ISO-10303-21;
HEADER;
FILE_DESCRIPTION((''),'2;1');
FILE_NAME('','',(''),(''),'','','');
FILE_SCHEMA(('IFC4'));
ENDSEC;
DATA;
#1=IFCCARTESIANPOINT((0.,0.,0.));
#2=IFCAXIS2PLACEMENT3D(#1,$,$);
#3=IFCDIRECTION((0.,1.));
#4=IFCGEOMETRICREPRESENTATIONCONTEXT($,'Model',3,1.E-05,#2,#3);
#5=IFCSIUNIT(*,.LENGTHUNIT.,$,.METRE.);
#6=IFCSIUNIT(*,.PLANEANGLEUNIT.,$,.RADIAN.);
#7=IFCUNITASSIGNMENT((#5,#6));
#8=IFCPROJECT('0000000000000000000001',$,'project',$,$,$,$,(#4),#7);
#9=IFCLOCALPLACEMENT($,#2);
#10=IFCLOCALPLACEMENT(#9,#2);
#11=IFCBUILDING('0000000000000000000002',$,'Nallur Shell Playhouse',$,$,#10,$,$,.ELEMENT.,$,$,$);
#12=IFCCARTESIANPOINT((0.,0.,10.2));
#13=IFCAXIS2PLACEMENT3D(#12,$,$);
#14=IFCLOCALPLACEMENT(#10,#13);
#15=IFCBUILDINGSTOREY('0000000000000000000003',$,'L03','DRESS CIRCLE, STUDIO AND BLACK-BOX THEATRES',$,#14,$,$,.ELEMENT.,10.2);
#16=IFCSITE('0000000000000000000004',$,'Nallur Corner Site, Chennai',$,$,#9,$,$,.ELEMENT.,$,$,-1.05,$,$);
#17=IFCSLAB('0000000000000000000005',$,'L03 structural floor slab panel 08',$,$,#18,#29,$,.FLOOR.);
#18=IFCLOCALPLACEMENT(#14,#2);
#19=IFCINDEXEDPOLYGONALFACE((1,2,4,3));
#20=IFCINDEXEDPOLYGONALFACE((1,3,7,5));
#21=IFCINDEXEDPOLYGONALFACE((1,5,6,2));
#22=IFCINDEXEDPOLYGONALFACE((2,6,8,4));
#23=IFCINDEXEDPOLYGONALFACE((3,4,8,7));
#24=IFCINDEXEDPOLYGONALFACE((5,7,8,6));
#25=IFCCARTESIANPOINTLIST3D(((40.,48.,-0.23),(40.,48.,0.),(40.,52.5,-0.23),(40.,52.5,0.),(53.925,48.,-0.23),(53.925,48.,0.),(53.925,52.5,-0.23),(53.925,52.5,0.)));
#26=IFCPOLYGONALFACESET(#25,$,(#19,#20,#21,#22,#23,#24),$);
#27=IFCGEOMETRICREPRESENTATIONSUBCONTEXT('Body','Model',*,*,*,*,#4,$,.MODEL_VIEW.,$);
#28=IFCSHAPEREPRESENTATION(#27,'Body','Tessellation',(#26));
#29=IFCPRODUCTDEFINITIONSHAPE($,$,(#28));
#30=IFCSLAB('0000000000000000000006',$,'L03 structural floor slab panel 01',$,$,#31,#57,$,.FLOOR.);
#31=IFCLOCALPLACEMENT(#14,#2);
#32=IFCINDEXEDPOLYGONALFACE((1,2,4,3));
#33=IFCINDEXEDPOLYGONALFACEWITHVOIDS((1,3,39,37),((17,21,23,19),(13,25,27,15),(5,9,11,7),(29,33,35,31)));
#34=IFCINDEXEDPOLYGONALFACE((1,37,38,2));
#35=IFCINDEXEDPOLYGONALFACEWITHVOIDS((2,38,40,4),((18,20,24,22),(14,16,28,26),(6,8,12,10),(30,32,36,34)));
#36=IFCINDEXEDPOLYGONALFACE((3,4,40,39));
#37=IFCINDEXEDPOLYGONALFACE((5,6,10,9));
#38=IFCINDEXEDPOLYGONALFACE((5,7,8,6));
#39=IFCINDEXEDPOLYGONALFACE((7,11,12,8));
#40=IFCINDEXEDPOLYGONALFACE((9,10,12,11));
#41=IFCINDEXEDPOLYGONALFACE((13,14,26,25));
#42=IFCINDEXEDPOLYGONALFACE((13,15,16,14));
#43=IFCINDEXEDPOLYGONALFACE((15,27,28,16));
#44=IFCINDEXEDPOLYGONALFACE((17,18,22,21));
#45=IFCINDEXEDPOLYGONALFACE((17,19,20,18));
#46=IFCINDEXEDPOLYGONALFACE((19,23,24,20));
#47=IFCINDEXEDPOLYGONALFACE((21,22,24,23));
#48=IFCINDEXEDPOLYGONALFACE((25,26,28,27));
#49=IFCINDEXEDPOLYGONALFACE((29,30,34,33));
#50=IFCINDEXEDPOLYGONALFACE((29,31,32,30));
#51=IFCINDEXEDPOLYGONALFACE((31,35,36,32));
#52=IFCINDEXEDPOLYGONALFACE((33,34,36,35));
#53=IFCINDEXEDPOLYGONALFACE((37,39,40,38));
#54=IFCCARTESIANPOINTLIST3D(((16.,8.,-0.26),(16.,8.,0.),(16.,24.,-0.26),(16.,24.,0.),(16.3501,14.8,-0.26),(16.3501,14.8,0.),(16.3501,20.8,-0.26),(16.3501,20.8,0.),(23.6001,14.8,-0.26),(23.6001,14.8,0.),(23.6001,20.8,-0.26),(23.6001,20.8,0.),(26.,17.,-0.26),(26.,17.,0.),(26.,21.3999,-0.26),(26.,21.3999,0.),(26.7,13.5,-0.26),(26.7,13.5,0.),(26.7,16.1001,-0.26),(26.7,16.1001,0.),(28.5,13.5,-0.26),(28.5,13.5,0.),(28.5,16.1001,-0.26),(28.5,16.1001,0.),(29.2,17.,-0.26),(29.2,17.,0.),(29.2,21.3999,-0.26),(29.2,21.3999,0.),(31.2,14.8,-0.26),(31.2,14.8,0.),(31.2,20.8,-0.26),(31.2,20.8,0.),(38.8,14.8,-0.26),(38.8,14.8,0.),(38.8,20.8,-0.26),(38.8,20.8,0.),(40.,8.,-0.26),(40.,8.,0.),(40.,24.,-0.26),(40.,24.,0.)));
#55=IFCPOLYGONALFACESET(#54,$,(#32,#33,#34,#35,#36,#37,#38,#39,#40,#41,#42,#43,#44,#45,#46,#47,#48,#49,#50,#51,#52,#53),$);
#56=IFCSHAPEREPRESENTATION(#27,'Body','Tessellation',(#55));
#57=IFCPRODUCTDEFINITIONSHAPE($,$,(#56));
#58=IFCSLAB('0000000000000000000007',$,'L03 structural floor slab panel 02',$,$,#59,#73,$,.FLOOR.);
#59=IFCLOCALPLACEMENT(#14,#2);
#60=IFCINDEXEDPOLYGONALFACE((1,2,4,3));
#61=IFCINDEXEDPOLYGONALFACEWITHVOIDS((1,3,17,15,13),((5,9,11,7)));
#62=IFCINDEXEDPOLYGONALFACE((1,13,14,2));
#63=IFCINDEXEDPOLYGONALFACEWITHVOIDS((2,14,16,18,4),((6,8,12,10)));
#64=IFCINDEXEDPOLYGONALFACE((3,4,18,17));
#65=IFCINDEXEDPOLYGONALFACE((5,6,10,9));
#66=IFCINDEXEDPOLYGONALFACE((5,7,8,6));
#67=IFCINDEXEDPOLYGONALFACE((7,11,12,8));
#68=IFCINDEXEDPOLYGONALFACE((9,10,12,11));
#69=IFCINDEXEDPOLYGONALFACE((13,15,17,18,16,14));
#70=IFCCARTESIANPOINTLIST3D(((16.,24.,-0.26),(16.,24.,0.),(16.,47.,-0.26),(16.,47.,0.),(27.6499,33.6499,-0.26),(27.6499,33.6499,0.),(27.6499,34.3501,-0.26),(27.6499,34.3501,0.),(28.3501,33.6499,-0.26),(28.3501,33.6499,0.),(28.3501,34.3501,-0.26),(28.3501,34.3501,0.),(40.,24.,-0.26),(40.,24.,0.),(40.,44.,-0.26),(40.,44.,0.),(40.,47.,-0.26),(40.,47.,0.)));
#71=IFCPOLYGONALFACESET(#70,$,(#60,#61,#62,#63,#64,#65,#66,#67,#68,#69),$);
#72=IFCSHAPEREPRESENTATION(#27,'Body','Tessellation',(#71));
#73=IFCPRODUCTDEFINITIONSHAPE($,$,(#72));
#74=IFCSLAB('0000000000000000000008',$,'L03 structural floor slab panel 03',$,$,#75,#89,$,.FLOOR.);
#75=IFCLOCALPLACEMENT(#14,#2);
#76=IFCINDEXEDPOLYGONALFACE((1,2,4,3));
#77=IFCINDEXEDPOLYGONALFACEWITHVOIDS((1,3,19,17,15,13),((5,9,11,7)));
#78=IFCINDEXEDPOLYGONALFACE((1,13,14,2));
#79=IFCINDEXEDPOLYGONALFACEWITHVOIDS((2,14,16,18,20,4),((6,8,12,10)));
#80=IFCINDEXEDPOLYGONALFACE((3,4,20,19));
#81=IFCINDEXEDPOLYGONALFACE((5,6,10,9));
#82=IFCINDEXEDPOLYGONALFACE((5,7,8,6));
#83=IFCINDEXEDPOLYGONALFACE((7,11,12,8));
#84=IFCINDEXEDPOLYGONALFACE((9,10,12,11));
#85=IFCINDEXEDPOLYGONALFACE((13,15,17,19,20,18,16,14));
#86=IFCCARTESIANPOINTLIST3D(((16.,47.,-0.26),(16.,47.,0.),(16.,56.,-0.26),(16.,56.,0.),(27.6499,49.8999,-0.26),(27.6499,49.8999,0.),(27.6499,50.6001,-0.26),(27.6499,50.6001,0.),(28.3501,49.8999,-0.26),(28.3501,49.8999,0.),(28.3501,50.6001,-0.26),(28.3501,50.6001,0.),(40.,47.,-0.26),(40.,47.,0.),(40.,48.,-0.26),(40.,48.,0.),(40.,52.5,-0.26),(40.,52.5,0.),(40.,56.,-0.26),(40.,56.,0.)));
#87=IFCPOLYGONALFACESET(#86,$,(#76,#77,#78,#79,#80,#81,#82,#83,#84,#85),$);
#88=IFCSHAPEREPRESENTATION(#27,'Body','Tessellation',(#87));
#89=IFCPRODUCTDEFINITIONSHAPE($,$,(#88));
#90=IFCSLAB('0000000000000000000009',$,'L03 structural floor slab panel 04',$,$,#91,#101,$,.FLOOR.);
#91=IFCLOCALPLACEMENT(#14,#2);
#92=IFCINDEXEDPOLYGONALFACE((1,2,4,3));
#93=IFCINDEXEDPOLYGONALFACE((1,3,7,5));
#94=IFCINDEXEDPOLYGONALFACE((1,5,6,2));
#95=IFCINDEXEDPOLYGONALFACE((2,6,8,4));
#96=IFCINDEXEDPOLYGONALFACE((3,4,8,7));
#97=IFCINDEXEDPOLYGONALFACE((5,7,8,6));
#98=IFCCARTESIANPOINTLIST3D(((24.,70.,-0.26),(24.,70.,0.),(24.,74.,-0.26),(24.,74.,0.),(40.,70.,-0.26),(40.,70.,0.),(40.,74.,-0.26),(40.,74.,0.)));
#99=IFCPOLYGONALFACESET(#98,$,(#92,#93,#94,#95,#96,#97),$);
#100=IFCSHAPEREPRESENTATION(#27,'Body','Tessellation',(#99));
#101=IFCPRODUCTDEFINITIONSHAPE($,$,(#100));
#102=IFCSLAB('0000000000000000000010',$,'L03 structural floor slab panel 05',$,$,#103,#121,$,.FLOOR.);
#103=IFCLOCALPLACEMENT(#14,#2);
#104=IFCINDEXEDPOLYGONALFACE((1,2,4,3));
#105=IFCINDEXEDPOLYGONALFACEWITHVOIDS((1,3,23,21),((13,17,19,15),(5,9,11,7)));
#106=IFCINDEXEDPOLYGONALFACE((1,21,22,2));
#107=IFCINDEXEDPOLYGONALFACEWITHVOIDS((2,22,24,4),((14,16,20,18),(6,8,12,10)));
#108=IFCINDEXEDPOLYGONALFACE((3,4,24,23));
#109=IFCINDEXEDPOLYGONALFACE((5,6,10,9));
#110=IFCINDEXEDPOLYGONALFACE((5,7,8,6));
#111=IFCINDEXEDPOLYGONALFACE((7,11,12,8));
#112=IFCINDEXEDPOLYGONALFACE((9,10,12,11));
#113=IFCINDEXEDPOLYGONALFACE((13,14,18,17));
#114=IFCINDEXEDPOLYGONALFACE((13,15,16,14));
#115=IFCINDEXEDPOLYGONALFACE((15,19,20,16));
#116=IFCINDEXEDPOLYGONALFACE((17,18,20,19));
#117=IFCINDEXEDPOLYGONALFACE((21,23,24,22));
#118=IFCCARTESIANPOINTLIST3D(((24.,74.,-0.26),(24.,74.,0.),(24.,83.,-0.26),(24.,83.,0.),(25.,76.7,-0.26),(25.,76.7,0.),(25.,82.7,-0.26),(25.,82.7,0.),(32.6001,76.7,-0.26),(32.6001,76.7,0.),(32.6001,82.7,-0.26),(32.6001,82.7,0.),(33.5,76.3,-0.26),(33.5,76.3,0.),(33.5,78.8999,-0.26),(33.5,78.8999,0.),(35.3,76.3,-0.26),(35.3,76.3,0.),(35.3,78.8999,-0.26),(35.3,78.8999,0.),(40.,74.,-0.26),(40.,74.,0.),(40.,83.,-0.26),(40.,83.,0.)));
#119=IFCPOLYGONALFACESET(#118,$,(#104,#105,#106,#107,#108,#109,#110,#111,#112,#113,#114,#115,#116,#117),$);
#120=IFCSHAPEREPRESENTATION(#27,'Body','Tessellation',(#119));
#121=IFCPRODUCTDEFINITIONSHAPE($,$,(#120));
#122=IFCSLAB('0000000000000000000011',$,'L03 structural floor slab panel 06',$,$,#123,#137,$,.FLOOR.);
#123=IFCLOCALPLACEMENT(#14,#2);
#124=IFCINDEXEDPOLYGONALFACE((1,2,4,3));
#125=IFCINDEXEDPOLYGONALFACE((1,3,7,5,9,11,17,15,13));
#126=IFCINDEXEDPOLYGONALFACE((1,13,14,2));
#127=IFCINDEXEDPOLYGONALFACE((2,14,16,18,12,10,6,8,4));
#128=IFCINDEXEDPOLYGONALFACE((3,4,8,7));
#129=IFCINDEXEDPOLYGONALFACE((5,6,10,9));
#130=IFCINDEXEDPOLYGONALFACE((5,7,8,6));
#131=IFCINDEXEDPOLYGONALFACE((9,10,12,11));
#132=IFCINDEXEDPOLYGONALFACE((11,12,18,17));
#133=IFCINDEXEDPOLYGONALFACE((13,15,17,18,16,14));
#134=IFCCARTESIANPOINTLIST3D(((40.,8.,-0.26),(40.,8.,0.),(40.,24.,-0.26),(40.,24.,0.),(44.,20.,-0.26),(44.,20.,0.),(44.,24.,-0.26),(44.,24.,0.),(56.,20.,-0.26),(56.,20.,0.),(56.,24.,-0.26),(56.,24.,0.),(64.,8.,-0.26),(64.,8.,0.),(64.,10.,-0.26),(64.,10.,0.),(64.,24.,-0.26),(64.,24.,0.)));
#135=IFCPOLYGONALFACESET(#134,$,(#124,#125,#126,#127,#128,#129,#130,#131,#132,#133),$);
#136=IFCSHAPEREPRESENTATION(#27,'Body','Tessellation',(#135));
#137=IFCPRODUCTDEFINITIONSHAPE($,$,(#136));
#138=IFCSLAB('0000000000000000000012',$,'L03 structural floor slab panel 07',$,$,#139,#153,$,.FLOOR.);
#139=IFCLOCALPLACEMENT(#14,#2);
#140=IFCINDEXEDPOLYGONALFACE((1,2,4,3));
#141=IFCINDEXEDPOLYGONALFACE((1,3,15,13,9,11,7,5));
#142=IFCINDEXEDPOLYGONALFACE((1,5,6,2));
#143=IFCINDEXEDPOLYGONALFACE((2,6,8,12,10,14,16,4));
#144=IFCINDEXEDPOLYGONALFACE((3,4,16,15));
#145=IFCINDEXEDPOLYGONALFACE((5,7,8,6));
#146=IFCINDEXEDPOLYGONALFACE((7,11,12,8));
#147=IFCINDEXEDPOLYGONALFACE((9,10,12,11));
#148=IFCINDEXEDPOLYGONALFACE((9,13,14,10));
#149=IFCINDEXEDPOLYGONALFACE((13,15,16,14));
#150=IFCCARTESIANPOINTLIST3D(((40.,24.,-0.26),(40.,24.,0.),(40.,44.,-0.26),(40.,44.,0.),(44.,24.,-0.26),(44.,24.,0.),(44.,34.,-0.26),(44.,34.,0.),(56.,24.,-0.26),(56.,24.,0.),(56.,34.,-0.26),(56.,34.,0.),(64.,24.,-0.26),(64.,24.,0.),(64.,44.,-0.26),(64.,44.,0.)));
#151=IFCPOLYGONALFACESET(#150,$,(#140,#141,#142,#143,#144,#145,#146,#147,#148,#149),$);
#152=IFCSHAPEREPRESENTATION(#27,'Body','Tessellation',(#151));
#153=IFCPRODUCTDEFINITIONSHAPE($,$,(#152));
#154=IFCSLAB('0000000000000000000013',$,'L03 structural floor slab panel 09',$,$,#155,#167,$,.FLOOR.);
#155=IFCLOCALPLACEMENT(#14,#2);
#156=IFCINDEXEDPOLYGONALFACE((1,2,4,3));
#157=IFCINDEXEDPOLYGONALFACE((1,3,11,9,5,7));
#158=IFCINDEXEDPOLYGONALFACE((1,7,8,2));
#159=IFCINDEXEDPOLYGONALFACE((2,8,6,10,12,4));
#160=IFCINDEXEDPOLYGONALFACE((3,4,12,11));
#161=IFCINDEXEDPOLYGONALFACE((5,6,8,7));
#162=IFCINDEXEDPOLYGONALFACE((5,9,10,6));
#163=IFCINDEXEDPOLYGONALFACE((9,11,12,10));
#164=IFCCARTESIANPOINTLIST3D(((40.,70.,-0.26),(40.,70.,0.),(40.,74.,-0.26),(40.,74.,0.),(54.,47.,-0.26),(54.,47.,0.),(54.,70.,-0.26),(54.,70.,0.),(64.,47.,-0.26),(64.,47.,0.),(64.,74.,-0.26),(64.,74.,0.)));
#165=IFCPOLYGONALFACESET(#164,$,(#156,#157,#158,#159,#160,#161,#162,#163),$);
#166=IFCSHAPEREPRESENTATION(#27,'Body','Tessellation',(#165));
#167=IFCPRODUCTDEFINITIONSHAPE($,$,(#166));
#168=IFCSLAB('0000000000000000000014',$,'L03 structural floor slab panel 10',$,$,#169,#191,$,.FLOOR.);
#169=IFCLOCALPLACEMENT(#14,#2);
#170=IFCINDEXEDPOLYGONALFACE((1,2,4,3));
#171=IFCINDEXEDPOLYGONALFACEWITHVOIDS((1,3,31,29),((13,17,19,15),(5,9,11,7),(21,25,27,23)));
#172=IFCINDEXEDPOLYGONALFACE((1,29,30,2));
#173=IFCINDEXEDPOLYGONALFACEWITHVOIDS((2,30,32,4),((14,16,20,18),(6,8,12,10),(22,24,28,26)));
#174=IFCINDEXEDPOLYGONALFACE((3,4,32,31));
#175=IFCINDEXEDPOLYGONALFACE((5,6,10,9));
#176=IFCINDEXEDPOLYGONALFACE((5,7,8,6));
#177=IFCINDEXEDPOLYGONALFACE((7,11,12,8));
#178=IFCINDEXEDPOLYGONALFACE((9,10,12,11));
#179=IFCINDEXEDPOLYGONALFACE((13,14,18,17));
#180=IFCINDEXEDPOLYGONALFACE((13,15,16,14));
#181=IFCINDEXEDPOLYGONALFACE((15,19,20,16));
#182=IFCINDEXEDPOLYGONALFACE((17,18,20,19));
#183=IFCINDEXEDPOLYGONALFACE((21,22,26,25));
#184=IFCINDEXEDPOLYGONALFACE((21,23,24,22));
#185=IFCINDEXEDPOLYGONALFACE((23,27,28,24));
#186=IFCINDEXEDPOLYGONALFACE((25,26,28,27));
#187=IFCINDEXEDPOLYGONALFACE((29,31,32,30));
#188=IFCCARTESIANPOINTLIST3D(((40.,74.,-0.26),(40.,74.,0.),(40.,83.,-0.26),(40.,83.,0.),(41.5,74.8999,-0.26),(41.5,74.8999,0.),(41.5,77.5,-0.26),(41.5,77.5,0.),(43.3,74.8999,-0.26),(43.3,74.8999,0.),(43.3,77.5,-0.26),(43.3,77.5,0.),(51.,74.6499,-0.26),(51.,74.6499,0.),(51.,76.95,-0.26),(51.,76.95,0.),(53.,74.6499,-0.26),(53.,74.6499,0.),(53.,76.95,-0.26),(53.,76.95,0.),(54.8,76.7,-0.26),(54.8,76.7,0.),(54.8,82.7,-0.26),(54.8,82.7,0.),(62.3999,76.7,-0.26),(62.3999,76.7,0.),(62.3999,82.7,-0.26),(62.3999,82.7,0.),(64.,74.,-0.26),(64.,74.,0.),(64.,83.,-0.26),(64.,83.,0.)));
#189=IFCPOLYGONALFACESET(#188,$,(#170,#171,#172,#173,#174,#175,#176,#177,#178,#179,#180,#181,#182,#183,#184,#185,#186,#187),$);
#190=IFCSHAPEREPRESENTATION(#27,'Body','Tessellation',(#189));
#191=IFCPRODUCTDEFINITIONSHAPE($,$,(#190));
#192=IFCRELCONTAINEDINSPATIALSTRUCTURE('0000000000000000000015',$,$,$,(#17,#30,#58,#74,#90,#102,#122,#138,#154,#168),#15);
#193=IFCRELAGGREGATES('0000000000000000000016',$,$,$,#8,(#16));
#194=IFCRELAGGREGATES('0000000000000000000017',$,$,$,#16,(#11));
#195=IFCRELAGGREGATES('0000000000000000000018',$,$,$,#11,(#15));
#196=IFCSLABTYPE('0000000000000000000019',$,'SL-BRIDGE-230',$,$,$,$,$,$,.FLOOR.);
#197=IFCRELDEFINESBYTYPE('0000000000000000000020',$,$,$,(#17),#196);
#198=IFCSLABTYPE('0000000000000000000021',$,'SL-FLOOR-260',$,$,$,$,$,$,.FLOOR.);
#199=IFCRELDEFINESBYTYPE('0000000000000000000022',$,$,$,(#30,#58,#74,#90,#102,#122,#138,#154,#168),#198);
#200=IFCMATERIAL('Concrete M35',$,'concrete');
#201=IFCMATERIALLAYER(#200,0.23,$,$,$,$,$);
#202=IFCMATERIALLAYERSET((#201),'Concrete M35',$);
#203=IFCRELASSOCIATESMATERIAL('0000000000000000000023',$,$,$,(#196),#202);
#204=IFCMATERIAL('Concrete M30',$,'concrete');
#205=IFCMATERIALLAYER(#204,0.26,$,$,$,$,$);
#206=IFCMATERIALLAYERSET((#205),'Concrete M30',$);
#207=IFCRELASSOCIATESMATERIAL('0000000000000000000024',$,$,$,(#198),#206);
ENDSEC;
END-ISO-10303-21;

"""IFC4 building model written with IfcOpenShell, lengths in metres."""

from ifc_helpers import new_model, si_unit, direction, frame, origin, place, context, subcontext, project, spatial, polyline, outline, extrude, material, layer, layer_set, type_object, element, save


model = new_model("IFC4")

# Units and contexts
model_context = context("Model", 3, precision=1e-05, world=origin(), true_north=direction((0.0, 1.0)))
body_context = subcontext(model_context, "Body", "Model", "MODEL_VIEW")
ifc_project = project(units=[si_unit("LENGTHUNIT", "METRE"), si_unit("PLANEANGLEUNIT", "RADIAN")], contexts=[model_context])

# Site, building, storey
site_placement = place(None, origin())
site = spatial("IfcSite", under=ifc_project, at=site_placement, Name="Nallur Corner Site, Chennai", CompositionType="ELEMENT", RefElevation=-1.05)
building_placement = place(site_placement, origin())
building = spatial("IfcBuilding", under=site, at=building_placement, Name="Nallur Shell Playhouse", CompositionType="ELEMENT")
storey_placement = place(building_placement, frame((0.0, 0.0, 10.2)))
storey = spatial("IfcBuildingStorey", under=building, at=storey_placement, Name="L03", Description="DRESS CIRCLE, STUDIO AND BLACK-BOX THEATRES", CompositionType="ELEMENT", Elevation=10.2)

# Slabs
ifc_material_1 = material(Name="Concrete M35", Category="concrete")
ifc_layer_1 = layer(ifc_material_1, 0.23)
ifc_layer_set_1 = layer_set([ifc_layer_1], Name="Concrete M35")
slab_type_1 = type_object("IfcSlabType", Name="SL-BRIDGE-230", PredefinedType="FLOOR", material=ifc_layer_set_1)
slab_1_placement = place(storey_placement, frame((0.0, 0.0, -0.23)))
element("IfcSlab", 1, at=slab_1_placement, inside=storey, type_object=slab_type_1, Name="L03 structural floor slab panel 08", PredefinedType="FLOOR", context=body_context, shape_type="SweptSolid", body=[
    extrude(outline(polyline([(53.925, 52.5), (53.925, 48.0), (40.0, 48.0), (40.0, 52.5), (53.925, 52.5)])), origin(), (0.0, 0.0, 1.0), 0.23),
])
ifc_material_2 = material(Name="Concrete M30", Category="concrete")
ifc_layer_2 = layer(ifc_material_2, 0.26)
ifc_layer_set_2 = layer_set([ifc_layer_2], Name="Concrete M30")
slab_type_2 = type_object("IfcSlabType", Name="SL-FLOOR-260", PredefinedType="FLOOR", material=ifc_layer_set_2)
slab_2_placement = place(storey_placement, frame((0.0, 0.0, -0.26)))
element("IfcSlab", 2, at=slab_2_placement, inside=storey, type_object=slab_type_2, Name="L03 structural floor slab panel 01", PredefinedType="FLOOR", context=body_context, shape_type="SweptSolid", body=[
    extrude(outline(polyline([(16.0, 8.0), (16.0, 24.0), (40.0, 24.0), (40.0, 8.0), (16.0, 8.0)]), holes=[polyline([(26.7, 16.1001), (26.7, 13.5), (28.5, 13.5), (28.5, 16.1001), (26.7, 16.1001)]), polyline([(23.6001, 14.8), (23.6001, 20.8), (16.3501, 20.8), (16.3501, 14.8), (23.6001, 14.8)]), polyline([(38.8, 14.8), (38.8, 20.8), (31.2, 20.8), (31.2, 14.8), (38.8, 14.8)]), polyline([(26.0, 21.3999), (26.0, 17.0), (29.2, 17.0), (29.2, 21.3999), (26.0, 21.3999)])]), origin(), (0.0, 0.0, 1.0), 0.26),
])
slab_3_placement = place(storey_placement, frame((0.0, 0.0, -0.26)))
element("IfcSlab", 3, at=slab_3_placement, inside=storey, type_object=slab_type_2, Name="L03 structural floor slab panel 02", PredefinedType="FLOOR", context=body_context, shape_type="SweptSolid", body=[
    extrude(outline(polyline([(40.0, 44.0), (40.0, 24.0), (16.0, 24.0), (16.0, 47.0), (40.0, 47.0), (40.0, 44.0)]), holes=[polyline([(27.6499, 33.6499), (28.3501, 33.6499), (28.3501, 34.3501), (27.6499, 34.3501), (27.6499, 33.6499)])]), origin(), (0.0, 0.0, 1.0), 0.26),
])
slab_4_placement = place(storey_placement, frame((0.0, 0.0, -0.26)))
element("IfcSlab", 4, at=slab_4_placement, inside=storey, type_object=slab_type_2, Name="L03 structural floor slab panel 03", PredefinedType="FLOOR", context=body_context, shape_type="SweptSolid", body=[
    extrude(outline(polyline([(40.0, 56.0), (40.0, 52.5), (40.0, 48.0), (40.0, 47.0), (16.0, 47.0), (16.0, 56.0), (40.0, 56.0)]), holes=[polyline([(27.6499, 49.8999), (28.3501, 49.8999), (28.3501, 50.6001), (27.6499, 50.6001), (27.6499, 49.8999)])]), origin(), (0.0, 0.0, 1.0), 0.26),
])
slab_5_placement = place(storey_placement, frame((0.0, 0.0, -0.26)))
element("IfcSlab", 5, at=slab_5_placement, inside=storey, type_object=slab_type_2, Name="L03 structural floor slab panel 04", PredefinedType="FLOOR", context=body_context, shape_type="SweptSolid", body=[
    extrude(outline(polyline([(24.0, 70.0), (24.0, 74.0), (40.0, 74.0), (40.0, 70.0), (24.0, 70.0)])), origin(), (0.0, 0.0, 1.0), 0.26),
])
slab_6_placement = place(storey_placement, frame((0.0, 0.0, -0.26)))
element("IfcSlab", 6, at=slab_6_placement, inside=storey, type_object=slab_type_2, Name="L03 structural floor slab panel 05", PredefinedType="FLOOR", context=body_context, shape_type="SweptSolid", body=[
    extrude(outline(polyline([(24.0, 83.0), (40.0, 83.0), (40.0, 74.0), (24.0, 74.0), (24.0, 83.0)]), holes=[polyline([(35.3, 78.8999), (33.5, 78.8999), (33.5, 76.3), (35.3, 76.3), (35.3, 78.8999)]), polyline([(32.6001, 82.7), (25.0, 82.7), (25.0, 76.7), (32.6001, 76.7), (32.6001, 82.7)])]), origin(), (0.0, 0.0, 1.0), 0.26),
])
slab_7_placement = place(storey_placement, frame((0.0, 0.0, -0.26)))
element("IfcSlab", 7, at=slab_7_placement, inside=storey, type_object=slab_type_2, Name="L03 structural floor slab panel 06", PredefinedType="FLOOR", context=body_context, shape_type="SweptSolid", body=[
    extrude(outline(polyline([(64.0, 8.0), (40.0, 8.0), (40.0, 24.0), (44.0, 24.0), (44.0, 20.0), (56.0, 20.0), (56.0, 24.0), (64.0, 24.0), (64.0, 10.0), (64.0, 8.0)])), origin(), (0.0, 0.0, 1.0), 0.26),
])
slab_8_placement = place(storey_placement, frame((0.0, 0.0, -0.26)))
element("IfcSlab", 8, at=slab_8_placement, inside=storey, type_object=slab_type_2, Name="L03 structural floor slab panel 07", PredefinedType="FLOOR", context=body_context, shape_type="SweptSolid", body=[
    extrude(outline(polyline([(64.0, 44.0), (64.0, 24.0), (56.0, 24.0), (56.0, 34.0), (44.0, 34.0), (44.0, 24.0), (40.0, 24.0), (40.0, 44.0), (64.0, 44.0)])), origin(), (0.0, 0.0, 1.0), 0.26),
])
slab_9_placement = place(storey_placement, frame((0.0, 0.0, -0.26)))
element("IfcSlab", 9, at=slab_9_placement, inside=storey, type_object=slab_type_2, Name="L03 structural floor slab panel 09", PredefinedType="FLOOR", context=body_context, shape_type="SweptSolid", body=[
    extrude(outline(polyline([(54.0, 47.0), (54.0, 70.0), (40.0, 70.0), (40.0, 74.0), (64.0, 74.0), (64.0, 47.0), (54.0, 47.0)])), origin(), (0.0, 0.0, 1.0), 0.26),
])
slab_10_placement = place(storey_placement, frame((0.0, 0.0, -0.26)))
element("IfcSlab", 10, at=slab_10_placement, inside=storey, type_object=slab_type_2, Name="L03 structural floor slab panel 10", PredefinedType="FLOOR", context=body_context, shape_type="SweptSolid", body=[
    extrude(outline(polyline([(64.0, 83.0), (64.0, 74.0), (40.0, 74.0), (40.0, 83.0), (64.0, 83.0)]), holes=[polyline([(51.0, 76.95), (51.0, 74.6499), (53.0, 74.6499), (53.0, 76.95), (51.0, 76.95)]), polyline([(43.3, 77.5), (41.5, 77.5), (41.5, 74.8999), (43.3, 74.8999), (43.3, 77.5)]), polyline([(62.3999, 76.7), (62.3999, 82.7), (54.8, 82.7), (54.8, 76.7), (62.3999, 76.7)])]), origin(), (0.0, 0.0, 1.0), 0.26),
])

save(model, "model.ifc")
